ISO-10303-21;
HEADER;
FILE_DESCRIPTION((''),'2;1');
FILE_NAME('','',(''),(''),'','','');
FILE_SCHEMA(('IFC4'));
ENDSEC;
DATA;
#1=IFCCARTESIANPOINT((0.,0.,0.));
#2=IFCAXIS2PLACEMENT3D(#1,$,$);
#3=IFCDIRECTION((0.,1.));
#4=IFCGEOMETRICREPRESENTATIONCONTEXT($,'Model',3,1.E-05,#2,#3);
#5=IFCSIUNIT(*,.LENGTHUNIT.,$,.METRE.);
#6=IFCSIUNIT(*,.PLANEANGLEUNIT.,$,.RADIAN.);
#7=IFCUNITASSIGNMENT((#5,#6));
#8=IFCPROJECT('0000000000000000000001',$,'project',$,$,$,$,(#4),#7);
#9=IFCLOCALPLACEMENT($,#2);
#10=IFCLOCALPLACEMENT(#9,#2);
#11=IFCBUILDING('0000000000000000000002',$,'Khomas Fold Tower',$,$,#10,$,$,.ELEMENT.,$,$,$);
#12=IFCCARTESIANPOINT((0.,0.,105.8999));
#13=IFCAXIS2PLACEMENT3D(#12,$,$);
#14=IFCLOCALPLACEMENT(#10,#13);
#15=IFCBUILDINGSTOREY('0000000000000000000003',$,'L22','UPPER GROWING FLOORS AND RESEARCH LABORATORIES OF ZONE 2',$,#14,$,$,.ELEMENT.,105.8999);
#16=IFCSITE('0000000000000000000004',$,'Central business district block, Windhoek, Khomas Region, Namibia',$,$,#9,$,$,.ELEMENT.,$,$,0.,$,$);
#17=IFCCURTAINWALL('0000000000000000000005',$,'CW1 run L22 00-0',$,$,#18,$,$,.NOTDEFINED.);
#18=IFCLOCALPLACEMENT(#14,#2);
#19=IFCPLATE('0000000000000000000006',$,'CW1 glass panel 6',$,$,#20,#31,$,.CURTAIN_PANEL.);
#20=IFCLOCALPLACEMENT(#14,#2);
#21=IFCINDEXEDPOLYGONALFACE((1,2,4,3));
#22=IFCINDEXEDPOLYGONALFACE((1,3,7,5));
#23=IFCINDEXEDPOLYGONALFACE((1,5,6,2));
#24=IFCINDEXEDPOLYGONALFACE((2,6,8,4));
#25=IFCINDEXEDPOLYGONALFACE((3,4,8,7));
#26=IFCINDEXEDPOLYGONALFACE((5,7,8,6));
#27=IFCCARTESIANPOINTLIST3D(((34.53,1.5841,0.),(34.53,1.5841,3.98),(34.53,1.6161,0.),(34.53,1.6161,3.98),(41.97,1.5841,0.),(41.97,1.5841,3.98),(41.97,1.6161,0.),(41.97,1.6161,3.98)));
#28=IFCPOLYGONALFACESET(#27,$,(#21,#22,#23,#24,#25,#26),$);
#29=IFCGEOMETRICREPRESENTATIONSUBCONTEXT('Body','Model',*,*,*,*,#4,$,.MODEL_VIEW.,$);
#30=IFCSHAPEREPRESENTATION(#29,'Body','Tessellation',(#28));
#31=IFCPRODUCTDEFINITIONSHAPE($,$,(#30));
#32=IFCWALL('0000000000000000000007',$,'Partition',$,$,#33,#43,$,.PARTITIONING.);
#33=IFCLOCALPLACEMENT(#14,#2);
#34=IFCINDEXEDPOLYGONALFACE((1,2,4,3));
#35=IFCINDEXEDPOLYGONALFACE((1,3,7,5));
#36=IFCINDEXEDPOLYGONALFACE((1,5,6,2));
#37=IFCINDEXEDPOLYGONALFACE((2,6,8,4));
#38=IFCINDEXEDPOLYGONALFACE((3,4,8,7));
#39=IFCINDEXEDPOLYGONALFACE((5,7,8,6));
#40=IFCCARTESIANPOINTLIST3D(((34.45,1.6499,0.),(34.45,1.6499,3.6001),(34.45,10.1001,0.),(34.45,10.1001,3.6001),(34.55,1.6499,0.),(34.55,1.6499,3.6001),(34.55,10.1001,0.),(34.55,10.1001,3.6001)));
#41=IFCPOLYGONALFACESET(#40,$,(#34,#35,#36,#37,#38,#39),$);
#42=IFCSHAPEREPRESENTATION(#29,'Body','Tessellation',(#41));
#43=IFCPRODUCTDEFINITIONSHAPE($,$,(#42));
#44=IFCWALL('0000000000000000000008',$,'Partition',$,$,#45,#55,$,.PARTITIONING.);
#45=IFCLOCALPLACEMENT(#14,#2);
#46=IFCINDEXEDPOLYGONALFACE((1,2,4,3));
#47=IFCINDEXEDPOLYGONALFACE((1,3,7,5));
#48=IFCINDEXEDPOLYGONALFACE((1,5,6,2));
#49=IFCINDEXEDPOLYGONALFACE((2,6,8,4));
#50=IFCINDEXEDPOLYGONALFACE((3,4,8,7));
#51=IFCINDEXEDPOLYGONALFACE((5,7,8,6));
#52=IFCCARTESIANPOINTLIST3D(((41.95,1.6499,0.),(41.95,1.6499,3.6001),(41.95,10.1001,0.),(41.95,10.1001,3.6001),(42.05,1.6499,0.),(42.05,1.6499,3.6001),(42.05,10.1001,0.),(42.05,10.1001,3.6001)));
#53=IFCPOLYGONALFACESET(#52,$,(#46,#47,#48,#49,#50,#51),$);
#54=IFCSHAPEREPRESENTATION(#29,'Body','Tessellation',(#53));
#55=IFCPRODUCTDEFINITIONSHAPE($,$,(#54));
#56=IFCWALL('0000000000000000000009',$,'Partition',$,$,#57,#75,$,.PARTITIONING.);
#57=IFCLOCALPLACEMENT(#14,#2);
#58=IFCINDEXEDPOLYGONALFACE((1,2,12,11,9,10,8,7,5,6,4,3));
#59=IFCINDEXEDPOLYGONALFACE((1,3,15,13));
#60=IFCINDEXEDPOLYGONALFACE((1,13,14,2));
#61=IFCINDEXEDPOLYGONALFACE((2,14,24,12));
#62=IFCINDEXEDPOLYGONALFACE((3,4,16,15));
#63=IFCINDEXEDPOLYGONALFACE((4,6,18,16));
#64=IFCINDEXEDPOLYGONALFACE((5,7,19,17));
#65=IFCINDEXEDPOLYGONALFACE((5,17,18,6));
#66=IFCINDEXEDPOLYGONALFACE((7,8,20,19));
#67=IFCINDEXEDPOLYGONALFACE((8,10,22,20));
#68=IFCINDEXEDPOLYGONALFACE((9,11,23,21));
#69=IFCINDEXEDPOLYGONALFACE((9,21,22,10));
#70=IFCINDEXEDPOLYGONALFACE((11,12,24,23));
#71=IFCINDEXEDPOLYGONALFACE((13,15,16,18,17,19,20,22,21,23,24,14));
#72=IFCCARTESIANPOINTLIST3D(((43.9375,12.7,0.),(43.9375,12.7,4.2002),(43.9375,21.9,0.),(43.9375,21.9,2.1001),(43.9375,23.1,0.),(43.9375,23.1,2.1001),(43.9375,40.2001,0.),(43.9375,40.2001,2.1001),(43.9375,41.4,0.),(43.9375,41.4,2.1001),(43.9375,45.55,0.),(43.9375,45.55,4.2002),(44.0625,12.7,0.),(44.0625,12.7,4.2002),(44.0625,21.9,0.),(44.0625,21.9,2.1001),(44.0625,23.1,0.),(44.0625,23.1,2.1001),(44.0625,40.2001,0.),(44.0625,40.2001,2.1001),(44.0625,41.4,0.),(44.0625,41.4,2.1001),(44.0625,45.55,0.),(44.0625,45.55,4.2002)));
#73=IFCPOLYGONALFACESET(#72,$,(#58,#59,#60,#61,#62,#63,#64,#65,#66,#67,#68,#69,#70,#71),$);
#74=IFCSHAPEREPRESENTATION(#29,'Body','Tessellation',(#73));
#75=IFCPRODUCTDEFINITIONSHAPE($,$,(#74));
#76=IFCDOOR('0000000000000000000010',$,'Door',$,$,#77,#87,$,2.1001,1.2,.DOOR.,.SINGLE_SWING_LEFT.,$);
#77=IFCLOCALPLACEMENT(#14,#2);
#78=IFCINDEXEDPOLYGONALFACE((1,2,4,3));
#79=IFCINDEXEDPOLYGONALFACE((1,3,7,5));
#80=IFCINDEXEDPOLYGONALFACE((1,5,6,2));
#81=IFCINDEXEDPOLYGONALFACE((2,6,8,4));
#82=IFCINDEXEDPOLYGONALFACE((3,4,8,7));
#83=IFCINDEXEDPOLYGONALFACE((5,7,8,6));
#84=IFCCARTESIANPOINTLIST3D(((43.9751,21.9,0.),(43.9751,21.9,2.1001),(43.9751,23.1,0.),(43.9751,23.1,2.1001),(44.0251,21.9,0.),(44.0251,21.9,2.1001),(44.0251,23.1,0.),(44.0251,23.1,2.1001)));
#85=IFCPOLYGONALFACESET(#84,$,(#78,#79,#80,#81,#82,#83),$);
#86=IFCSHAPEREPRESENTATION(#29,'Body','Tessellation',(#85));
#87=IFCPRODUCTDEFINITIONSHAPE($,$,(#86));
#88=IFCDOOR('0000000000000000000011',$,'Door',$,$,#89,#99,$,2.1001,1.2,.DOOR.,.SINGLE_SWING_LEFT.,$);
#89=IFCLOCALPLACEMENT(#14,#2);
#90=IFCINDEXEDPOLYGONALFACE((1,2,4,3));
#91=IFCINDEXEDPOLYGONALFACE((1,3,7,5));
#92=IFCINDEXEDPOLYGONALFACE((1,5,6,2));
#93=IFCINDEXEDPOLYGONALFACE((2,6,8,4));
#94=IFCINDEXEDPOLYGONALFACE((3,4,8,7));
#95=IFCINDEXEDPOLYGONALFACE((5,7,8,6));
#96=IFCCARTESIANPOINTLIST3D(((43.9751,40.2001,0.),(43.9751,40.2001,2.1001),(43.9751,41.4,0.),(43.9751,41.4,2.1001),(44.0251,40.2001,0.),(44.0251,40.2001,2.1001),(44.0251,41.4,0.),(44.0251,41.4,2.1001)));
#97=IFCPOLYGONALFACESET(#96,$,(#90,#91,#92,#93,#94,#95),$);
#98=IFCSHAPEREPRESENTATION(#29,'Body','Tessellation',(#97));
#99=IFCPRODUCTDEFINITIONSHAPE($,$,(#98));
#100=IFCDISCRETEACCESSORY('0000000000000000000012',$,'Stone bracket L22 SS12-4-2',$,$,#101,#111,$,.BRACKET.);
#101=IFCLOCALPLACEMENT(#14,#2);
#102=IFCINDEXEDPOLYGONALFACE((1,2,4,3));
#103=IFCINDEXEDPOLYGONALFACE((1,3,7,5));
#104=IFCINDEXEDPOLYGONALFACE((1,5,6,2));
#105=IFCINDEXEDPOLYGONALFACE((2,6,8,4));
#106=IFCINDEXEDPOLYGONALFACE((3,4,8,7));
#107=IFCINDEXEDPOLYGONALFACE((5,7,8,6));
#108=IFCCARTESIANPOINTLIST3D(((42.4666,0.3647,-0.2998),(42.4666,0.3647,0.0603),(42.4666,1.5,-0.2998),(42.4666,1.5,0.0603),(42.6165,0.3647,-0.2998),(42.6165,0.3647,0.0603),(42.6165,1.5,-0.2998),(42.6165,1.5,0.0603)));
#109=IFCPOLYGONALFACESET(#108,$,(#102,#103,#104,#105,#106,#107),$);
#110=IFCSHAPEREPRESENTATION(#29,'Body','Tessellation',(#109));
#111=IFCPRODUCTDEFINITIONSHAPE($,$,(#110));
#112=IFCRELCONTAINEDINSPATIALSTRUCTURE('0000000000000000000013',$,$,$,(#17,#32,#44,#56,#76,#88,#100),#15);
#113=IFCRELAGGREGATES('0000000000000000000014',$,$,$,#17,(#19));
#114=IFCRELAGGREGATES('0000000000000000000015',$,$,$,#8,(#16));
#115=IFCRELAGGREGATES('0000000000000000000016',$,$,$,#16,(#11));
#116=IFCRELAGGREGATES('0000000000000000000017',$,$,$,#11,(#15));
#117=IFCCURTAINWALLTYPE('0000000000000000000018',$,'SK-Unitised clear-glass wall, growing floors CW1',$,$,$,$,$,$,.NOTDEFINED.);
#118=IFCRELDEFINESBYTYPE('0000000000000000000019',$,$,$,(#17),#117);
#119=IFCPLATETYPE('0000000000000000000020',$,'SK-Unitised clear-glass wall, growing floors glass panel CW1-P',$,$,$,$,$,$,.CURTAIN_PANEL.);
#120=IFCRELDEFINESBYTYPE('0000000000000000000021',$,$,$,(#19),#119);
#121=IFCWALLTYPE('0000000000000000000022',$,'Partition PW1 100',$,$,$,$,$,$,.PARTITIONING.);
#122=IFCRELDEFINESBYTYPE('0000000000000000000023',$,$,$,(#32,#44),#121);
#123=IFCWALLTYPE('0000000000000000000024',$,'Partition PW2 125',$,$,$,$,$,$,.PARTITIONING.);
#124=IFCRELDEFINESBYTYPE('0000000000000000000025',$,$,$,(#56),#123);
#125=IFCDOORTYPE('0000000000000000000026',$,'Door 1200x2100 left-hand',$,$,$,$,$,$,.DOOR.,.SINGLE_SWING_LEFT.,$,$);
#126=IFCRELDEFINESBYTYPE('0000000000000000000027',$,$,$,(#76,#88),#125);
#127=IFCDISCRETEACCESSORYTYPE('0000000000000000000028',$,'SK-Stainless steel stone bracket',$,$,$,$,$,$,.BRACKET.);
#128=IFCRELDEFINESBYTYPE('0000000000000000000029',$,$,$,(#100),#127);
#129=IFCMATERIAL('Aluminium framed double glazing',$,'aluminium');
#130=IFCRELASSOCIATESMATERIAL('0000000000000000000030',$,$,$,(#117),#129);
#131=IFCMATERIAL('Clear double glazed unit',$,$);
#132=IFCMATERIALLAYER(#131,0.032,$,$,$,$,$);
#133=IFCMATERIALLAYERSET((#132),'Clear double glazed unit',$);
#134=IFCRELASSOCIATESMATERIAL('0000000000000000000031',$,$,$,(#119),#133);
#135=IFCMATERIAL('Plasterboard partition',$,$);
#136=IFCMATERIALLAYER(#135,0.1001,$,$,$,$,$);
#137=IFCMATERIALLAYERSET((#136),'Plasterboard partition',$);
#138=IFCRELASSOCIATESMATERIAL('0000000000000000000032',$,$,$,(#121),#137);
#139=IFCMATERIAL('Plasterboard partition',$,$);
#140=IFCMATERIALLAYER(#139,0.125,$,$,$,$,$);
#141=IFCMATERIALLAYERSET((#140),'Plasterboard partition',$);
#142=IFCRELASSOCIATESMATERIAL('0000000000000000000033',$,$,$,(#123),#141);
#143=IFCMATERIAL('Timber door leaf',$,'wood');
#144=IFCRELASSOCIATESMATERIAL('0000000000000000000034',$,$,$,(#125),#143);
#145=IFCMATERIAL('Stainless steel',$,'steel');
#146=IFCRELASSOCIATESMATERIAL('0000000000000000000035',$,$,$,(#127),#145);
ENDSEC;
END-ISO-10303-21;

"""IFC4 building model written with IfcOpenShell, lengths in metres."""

from ifc_helpers import new_model, si_unit, direction, frame, frame_2d, origin, origin_2d, place, context, subcontext, project, spatial, rectangle, extrude, source, transform, mapped, material, layer, layer_set, type_object, element, fill, aggregate, save


model = new_model("IFC4")

# Units and contexts
model_context = context("Model", 3, precision=1e-05, world=origin(), true_north=direction((0.0, 1.0)))
body_context = subcontext(model_context, "Body", "Model", "MODEL_VIEW")
ifc_project = project(units=[si_unit("LENGTHUNIT", "METRE"), si_unit("PLANEANGLEUNIT", "RADIAN")], contexts=[model_context])

# Site, building, storey
site_placement = place(None, origin())
site = spatial("IfcSite", under=ifc_project, at=site_placement, Name="Central business district block, Windhoek, Khomas Region, Namibia", CompositionType="ELEMENT", RefElevation=0.0)
building_placement = place(site_placement, origin())
building = spatial("IfcBuilding", under=site, at=building_placement, Name="Khomas Fold Tower", CompositionType="ELEMENT")
storey_placement = place(building_placement, frame((0.0, 0.0, 105.8999)))
storey = spatial("IfcBuildingStorey", under=building, at=storey_placement, Name="L22", Description="UPPER GROWING FLOORS AND RESEARCH LABORATORIES OF ZONE 2", CompositionType="ELEMENT", Elevation=105.8999)

# Curtain wall, plate
ifc_material_1 = material(Name="Aluminium framed double glazing", Category="aluminium")
curtain_wall_type = type_object("IfcCurtainWallType", Name="SK-Unitised clear-glass wall, growing floors CW1", PredefinedType="NOTDEFINED", material=ifc_material_1)
curtain_wall_placement = place(storey_placement, origin())
curtain_wall = element("IfcCurtainWall", 1, at=curtain_wall_placement, inside=storey, type_object=curtain_wall_type, Name="CW1 run L22 00-0", PredefinedType="NOTDEFINED")
ifc_material_2 = material(Name="Clear double glazed unit")
ifc_layer_1 = layer(ifc_material_2, 0.032)
ifc_layer_set_1 = layer_set([ifc_layer_1], Name="Clear double glazed unit")
plate_type = type_object("IfcPlateType", Name="SK-Unitised clear-glass wall, growing floors glass panel CW1-P", PredefinedType="CURTAIN_PANEL", material=ifc_layer_set_1)
shared_shape_1 = source(origin(), body_context, "Body", "SweptSolid", [
    extrude(rectangle(XDim=7.4399, YDim=0.032, at=origin_2d()), origin(), (0.0, 0.0, 1.0), 3.98),
])
plate_1_placement = place(storey_placement, frame((38.25, 1.6001, 0.0), z_axis=(0.0, 0.0, 1.0), x_axis=(1.0, 0.0, 0.0)))
plate_1 = element("IfcPlate", 2, at=plate_1_placement, type_object=plate_type, Name="CW1 glass panel 6", PredefinedType="CURTAIN_PANEL", context=body_context, shape_type="MappedRepresentation", body=[
    mapped(shared_shape_1, transform((0.0, 0.0, 0.0))),
])
aggregate(curtain_wall, [plate_1])

# Walls
ifc_material_3 = material(Name="Plasterboard partition")
ifc_layer_2 = layer(ifc_material_3, 0.1001)
ifc_layer_set_2 = layer_set([ifc_layer_2], Name="Plasterboard partition")
wall_type_1 = type_object("IfcWallType", Name="Partition PW1 100", PredefinedType="PARTITIONING", material=ifc_layer_set_2)
shared_shape_2 = source(origin(), body_context, "Body", "SweptSolid", [
    extrude(rectangle(XDim=8.4502, YDim=0.1001, at=frame_2d((4.2251, 0.0))), origin(), (0.0, 0.0, 1.0), 3.6001),
])
for number, where, z_axis, x_axis, name in (
    (3, (34.5, 1.6499, 0.0), (0.0, 0.0, 1.0), (0.0, 1.0, 0.0), "Partition"),
    (4, (42.0, 1.6499, 0.0), (0.0, 0.0, 1.0), (0.0, 1.0, 0.0), "Partition"),
):
    element("IfcWall", number, at=place(storey_placement, frame(where, z_axis=z_axis, x_axis=x_axis)), inside=storey, type_object=wall_type_1, Name=name, PredefinedType="PARTITIONING", context=body_context, shape_type="MappedRepresentation", body=[
        mapped(shared_shape_2, transform((0.0, 0.0, 0.0))),
    ])

# Wall, openings, doors
ifc_material_4 = material(Name="Plasterboard partition")
ifc_layer_3 = layer(ifc_material_4, 0.125)
ifc_layer_set_3 = layer_set([ifc_layer_3], Name="Plasterboard partition")
wall_type_2 = type_object("IfcWallType", Name="Partition PW2 125", PredefinedType="PARTITIONING", material=ifc_layer_set_3)
shared_shape_3 = source(origin(), body_context, "Body", "SweptSolid", [
    extrude(rectangle(XDim=32.8501, YDim=0.125, at=frame_2d((16.425, 0.0))), origin(), (0.0, 0.0, 1.0), 4.2002),
])
wall_placement = place(storey_placement, frame((44.0, 12.7, 0.0), z_axis=(0.0, 0.0, 1.0), x_axis=(0.0, 1.0, 0.0)))
wall = element("IfcWall", 5, at=wall_placement, inside=storey, type_object=wall_type_2, Name="Partition", PredefinedType="PARTITIONING", context=body_context, shape_type="MappedRepresentation", body=[
    mapped(shared_shape_3, transform((0.0, 0.0, 0.0))),
])
shared_shape_4 = source(origin(), body_context, "Body", "SweptSolid", [
    extrude(rectangle(XDim=1.2, YDim=2.1001, at=frame_2d((0.6001, 1.05))), frame((0.0, 0.0725, 0.0), z_axis=(0.0, -1.0, 0.0), x_axis=(1.0, 0.0, 0.0)), (0.0, 0.0, 1.0), 0.145),
])
opening_1_placement = place(wall_placement, frame((9.2, 0.0, 0.0)))
opening_1 = element("IfcOpeningElement", 6, at=opening_1_placement, cuts=wall, PredefinedType="OPENING", context=body_context, shape_type="MappedRepresentation", body=[
    mapped(shared_shape_4, transform((0.0, 0.0, 0.0))),
])
opening_2_placement = place(wall_placement, frame((27.5, 0.0, 0.0)))
opening_2 = element("IfcOpeningElement", 7, at=opening_2_placement, cuts=wall, PredefinedType="OPENING", context=body_context, shape_type="MappedRepresentation", body=[
    mapped(shared_shape_4, transform((0.0, 0.0, 0.0))),
])
ifc_material_5 = material(Name="Timber door leaf", Category="wood")
door_type = type_object("IfcDoorType", Name="Door 1200x2100 left-hand", OperationType="SINGLE_SWING_LEFT", PredefinedType="DOOR", material=ifc_material_5)
shared_shape_5 = source(origin(), body_context, "Body", "SweptSolid", [
    extrude(rectangle(XDim=1.2, YDim=2.1001, at=frame_2d((0.6001, 1.05))), frame((0.0, 0.0249, 0.0), z_axis=(0.0, -1.0, 0.0), x_axis=(1.0, 0.0, 0.0)), (0.0, 0.0, 1.0), 0.05),
])
door_1_placement = place(opening_1_placement, origin())
door_1 = element("IfcDoor", 8, at=door_1_placement, inside=storey, type_object=door_type, Name="Door", OperationType="SINGLE_SWING_LEFT", OverallHeight=2.1001, OverallWidth=1.2, PredefinedType="DOOR", context=body_context, shape_type="MappedRepresentation", body=[
    mapped(shared_shape_5, transform((0.0, 0.0, 0.0))),
])
fill(opening_1, door_1)
door_2_placement = place(opening_2_placement, origin())
door_2 = element("IfcDoor", 9, at=door_2_placement, inside=storey, type_object=door_type, Name="Door", OperationType="SINGLE_SWING_LEFT", OverallHeight=2.1001, OverallWidth=1.2, PredefinedType="DOOR", context=body_context, shape_type="MappedRepresentation", body=[
    mapped(shared_shape_5, transform((0.0, 0.0, 0.0))),
])
fill(opening_2, door_2)

# Discrete accessory
ifc_material_6 = material(Name="Stainless steel", Category="steel")
discrete_accessory_type = type_object("IfcDiscreteAccessoryType", Name="SK-Stainless steel stone bracket", PredefinedType="BRACKET", material=ifc_material_6)
shared_shape_6 = source(origin(), body_context, "Body", "SweptSolid", [
    extrude(rectangle(XDim=1.1353, YDim=0.1499, at=origin_2d()), origin(), (0.0, 0.0, 1.0), 0.3601),
])
discrete_accessory_placement = place(storey_placement, frame((42.5415, 0.9324, -0.2998), z_axis=(0.0, 0.0, 1.0), x_axis=(0.0, -1.0, 0.0)))
element("IfcDiscreteAccessory", 10, at=discrete_accessory_placement, inside=storey, type_object=discrete_accessory_type, Name="Stone bracket L22 SS12-4-2", PredefinedType="BRACKET", context=body_context, shape_type="MappedRepresentation", body=[
    mapped(shared_shape_6, transform((0.0, 0.0, 0.0))),
])

save(model, "model.ifc")
